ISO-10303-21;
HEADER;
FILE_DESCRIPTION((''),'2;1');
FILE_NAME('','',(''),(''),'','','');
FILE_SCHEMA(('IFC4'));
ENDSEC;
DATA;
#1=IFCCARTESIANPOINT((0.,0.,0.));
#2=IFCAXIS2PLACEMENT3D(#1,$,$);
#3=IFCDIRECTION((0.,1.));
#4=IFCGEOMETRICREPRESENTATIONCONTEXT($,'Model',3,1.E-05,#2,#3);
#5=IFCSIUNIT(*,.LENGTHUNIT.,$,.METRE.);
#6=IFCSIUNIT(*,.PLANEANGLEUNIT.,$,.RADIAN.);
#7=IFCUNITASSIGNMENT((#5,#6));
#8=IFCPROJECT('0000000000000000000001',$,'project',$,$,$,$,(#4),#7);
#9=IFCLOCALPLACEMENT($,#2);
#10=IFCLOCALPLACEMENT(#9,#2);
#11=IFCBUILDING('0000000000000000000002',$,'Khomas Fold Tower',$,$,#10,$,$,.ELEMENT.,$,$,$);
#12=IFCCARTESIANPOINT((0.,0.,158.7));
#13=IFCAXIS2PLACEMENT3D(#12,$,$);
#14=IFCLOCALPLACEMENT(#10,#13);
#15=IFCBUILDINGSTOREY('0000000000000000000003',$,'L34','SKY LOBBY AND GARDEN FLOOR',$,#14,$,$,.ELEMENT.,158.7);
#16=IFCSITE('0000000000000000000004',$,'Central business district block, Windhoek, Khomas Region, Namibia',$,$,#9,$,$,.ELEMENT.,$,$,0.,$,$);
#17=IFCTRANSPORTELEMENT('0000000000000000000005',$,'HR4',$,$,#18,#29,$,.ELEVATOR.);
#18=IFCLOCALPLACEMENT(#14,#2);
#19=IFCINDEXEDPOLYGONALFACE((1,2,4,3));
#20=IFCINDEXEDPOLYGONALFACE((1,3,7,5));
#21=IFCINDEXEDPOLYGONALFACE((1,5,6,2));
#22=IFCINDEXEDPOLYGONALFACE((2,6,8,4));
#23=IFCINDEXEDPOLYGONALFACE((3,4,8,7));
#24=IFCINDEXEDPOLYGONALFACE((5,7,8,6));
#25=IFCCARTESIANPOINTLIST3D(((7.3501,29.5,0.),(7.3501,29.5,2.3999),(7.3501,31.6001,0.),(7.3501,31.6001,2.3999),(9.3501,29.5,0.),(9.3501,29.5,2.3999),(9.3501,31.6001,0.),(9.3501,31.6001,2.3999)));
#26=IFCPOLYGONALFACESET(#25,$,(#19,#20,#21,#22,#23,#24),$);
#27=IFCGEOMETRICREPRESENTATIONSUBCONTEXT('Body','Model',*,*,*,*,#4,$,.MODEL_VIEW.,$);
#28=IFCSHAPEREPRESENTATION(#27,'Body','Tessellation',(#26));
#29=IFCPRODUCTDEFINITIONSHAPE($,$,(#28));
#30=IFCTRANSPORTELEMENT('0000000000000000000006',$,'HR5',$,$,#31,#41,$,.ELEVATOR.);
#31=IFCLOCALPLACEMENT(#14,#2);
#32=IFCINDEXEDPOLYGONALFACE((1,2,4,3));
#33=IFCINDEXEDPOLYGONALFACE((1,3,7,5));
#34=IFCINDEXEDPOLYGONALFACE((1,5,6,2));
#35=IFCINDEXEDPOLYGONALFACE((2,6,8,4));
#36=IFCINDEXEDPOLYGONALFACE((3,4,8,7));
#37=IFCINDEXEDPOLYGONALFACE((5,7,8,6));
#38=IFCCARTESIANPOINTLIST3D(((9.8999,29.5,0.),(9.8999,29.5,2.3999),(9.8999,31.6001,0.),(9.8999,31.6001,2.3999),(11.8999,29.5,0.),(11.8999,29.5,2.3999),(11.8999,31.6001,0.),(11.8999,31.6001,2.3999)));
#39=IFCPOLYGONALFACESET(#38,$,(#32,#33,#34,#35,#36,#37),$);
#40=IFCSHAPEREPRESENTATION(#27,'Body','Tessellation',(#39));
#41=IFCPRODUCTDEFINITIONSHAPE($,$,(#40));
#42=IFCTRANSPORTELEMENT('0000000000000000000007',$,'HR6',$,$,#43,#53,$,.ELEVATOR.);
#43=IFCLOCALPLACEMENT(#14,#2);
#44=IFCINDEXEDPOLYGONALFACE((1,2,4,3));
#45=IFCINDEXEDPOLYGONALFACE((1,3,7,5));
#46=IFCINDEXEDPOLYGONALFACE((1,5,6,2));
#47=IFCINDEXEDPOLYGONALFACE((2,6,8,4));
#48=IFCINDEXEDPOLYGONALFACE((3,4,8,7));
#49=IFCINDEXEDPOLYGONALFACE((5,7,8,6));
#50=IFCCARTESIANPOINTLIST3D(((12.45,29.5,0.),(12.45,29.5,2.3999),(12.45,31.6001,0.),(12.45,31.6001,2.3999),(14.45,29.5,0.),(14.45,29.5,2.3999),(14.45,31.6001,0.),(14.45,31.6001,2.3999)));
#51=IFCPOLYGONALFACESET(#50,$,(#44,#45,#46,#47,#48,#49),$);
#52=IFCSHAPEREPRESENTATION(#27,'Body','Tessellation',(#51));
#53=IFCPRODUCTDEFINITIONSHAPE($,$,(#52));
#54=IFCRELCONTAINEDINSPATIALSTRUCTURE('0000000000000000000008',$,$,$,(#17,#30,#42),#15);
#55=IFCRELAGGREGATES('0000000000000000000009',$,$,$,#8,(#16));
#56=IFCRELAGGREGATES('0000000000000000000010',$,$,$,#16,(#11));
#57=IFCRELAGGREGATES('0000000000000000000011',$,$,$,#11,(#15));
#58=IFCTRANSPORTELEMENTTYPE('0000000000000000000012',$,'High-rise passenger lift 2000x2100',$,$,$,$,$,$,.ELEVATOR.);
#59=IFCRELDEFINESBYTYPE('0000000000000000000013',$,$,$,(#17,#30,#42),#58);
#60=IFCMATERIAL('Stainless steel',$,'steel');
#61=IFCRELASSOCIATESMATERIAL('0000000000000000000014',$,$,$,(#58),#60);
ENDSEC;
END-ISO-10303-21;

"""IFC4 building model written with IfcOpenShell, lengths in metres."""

from ifc_helpers import new_model, si_unit, direction, frame, origin, origin_2d, place, context, subcontext, project, spatial, rectangle, extrude, source, transform, mapped, material, type_object, element, save


model = new_model("IFC4")

# Units and contexts
model_context = context("Model", 3, precision=1e-05, world=origin(), true_north=direction((0.0, 1.0)))
body_context = subcontext(model_context, "Body", "Model", "MODEL_VIEW")
ifc_project = project(units=[si_unit("LENGTHUNIT", "METRE"), si_unit("PLANEANGLEUNIT", "RADIAN")], contexts=[model_context])

# Site, building, storey
site_placement = place(None, origin())
site = spatial("IfcSite", under=ifc_project, at=site_placement, Name="Central business district block, Windhoek, Khomas Region, Namibia", CompositionType="ELEMENT", RefElevation=0.0)
building_placement = place(site_placement, origin())
building = spatial("IfcBuilding", under=site, at=building_placement, Name="Khomas Fold Tower", CompositionType="ELEMENT")
storey_placement = place(building_placement, frame((0.0, 0.0, 158.7)))
storey = spatial("IfcBuildingStorey", under=building, at=storey_placement, Name="L34", Description="SKY LOBBY AND GARDEN FLOOR", CompositionType="ELEMENT", Elevation=158.7)

# Transport elements
ifc_material_1 = material(Name="Stainless steel", Category="steel")
transport_element_type = type_object("IfcTransportElementType", Name="High-rise passenger lift 2000x2100", PredefinedType="ELEVATOR", material=ifc_material_1)
shared_shape_1 = source(origin(), body_context, "Body", "SweptSolid", [
    extrude(rectangle(XDim=2.0, YDim=2.1001, at=origin_2d()), origin(), (0.0, 0.0, 1.0), 2.3999),
])
for number, where, z_axis, x_axis, name in (
    (1, (8.3501, 30.55, 0.0), (0.0, 0.0, 1.0), (1.0, 0.0, 0.0), "HR4"),
    (2, (10.8999, 30.55, 0.0), (0.0, 0.0, 1.0), (1.0, 0.0, 0.0), "HR5"),
    (3, (13.45, 30.55, 0.0), (0.0, 0.0, 1.0), (1.0, 0.0, 0.0), "HR6"),
):
    element("IfcTransportElement", number, at=place(storey_placement, frame(where, z_axis=z_axis, x_axis=x_axis)), inside=storey, type_object=transport_element_type, Name=name, PredefinedType="ELEVATOR", context=body_context, shape_type="MappedRepresentation", body=[
        mapped(shared_shape_1, transform((0.0, 0.0, 0.0))),
    ])

save(model, "model.ifc")
